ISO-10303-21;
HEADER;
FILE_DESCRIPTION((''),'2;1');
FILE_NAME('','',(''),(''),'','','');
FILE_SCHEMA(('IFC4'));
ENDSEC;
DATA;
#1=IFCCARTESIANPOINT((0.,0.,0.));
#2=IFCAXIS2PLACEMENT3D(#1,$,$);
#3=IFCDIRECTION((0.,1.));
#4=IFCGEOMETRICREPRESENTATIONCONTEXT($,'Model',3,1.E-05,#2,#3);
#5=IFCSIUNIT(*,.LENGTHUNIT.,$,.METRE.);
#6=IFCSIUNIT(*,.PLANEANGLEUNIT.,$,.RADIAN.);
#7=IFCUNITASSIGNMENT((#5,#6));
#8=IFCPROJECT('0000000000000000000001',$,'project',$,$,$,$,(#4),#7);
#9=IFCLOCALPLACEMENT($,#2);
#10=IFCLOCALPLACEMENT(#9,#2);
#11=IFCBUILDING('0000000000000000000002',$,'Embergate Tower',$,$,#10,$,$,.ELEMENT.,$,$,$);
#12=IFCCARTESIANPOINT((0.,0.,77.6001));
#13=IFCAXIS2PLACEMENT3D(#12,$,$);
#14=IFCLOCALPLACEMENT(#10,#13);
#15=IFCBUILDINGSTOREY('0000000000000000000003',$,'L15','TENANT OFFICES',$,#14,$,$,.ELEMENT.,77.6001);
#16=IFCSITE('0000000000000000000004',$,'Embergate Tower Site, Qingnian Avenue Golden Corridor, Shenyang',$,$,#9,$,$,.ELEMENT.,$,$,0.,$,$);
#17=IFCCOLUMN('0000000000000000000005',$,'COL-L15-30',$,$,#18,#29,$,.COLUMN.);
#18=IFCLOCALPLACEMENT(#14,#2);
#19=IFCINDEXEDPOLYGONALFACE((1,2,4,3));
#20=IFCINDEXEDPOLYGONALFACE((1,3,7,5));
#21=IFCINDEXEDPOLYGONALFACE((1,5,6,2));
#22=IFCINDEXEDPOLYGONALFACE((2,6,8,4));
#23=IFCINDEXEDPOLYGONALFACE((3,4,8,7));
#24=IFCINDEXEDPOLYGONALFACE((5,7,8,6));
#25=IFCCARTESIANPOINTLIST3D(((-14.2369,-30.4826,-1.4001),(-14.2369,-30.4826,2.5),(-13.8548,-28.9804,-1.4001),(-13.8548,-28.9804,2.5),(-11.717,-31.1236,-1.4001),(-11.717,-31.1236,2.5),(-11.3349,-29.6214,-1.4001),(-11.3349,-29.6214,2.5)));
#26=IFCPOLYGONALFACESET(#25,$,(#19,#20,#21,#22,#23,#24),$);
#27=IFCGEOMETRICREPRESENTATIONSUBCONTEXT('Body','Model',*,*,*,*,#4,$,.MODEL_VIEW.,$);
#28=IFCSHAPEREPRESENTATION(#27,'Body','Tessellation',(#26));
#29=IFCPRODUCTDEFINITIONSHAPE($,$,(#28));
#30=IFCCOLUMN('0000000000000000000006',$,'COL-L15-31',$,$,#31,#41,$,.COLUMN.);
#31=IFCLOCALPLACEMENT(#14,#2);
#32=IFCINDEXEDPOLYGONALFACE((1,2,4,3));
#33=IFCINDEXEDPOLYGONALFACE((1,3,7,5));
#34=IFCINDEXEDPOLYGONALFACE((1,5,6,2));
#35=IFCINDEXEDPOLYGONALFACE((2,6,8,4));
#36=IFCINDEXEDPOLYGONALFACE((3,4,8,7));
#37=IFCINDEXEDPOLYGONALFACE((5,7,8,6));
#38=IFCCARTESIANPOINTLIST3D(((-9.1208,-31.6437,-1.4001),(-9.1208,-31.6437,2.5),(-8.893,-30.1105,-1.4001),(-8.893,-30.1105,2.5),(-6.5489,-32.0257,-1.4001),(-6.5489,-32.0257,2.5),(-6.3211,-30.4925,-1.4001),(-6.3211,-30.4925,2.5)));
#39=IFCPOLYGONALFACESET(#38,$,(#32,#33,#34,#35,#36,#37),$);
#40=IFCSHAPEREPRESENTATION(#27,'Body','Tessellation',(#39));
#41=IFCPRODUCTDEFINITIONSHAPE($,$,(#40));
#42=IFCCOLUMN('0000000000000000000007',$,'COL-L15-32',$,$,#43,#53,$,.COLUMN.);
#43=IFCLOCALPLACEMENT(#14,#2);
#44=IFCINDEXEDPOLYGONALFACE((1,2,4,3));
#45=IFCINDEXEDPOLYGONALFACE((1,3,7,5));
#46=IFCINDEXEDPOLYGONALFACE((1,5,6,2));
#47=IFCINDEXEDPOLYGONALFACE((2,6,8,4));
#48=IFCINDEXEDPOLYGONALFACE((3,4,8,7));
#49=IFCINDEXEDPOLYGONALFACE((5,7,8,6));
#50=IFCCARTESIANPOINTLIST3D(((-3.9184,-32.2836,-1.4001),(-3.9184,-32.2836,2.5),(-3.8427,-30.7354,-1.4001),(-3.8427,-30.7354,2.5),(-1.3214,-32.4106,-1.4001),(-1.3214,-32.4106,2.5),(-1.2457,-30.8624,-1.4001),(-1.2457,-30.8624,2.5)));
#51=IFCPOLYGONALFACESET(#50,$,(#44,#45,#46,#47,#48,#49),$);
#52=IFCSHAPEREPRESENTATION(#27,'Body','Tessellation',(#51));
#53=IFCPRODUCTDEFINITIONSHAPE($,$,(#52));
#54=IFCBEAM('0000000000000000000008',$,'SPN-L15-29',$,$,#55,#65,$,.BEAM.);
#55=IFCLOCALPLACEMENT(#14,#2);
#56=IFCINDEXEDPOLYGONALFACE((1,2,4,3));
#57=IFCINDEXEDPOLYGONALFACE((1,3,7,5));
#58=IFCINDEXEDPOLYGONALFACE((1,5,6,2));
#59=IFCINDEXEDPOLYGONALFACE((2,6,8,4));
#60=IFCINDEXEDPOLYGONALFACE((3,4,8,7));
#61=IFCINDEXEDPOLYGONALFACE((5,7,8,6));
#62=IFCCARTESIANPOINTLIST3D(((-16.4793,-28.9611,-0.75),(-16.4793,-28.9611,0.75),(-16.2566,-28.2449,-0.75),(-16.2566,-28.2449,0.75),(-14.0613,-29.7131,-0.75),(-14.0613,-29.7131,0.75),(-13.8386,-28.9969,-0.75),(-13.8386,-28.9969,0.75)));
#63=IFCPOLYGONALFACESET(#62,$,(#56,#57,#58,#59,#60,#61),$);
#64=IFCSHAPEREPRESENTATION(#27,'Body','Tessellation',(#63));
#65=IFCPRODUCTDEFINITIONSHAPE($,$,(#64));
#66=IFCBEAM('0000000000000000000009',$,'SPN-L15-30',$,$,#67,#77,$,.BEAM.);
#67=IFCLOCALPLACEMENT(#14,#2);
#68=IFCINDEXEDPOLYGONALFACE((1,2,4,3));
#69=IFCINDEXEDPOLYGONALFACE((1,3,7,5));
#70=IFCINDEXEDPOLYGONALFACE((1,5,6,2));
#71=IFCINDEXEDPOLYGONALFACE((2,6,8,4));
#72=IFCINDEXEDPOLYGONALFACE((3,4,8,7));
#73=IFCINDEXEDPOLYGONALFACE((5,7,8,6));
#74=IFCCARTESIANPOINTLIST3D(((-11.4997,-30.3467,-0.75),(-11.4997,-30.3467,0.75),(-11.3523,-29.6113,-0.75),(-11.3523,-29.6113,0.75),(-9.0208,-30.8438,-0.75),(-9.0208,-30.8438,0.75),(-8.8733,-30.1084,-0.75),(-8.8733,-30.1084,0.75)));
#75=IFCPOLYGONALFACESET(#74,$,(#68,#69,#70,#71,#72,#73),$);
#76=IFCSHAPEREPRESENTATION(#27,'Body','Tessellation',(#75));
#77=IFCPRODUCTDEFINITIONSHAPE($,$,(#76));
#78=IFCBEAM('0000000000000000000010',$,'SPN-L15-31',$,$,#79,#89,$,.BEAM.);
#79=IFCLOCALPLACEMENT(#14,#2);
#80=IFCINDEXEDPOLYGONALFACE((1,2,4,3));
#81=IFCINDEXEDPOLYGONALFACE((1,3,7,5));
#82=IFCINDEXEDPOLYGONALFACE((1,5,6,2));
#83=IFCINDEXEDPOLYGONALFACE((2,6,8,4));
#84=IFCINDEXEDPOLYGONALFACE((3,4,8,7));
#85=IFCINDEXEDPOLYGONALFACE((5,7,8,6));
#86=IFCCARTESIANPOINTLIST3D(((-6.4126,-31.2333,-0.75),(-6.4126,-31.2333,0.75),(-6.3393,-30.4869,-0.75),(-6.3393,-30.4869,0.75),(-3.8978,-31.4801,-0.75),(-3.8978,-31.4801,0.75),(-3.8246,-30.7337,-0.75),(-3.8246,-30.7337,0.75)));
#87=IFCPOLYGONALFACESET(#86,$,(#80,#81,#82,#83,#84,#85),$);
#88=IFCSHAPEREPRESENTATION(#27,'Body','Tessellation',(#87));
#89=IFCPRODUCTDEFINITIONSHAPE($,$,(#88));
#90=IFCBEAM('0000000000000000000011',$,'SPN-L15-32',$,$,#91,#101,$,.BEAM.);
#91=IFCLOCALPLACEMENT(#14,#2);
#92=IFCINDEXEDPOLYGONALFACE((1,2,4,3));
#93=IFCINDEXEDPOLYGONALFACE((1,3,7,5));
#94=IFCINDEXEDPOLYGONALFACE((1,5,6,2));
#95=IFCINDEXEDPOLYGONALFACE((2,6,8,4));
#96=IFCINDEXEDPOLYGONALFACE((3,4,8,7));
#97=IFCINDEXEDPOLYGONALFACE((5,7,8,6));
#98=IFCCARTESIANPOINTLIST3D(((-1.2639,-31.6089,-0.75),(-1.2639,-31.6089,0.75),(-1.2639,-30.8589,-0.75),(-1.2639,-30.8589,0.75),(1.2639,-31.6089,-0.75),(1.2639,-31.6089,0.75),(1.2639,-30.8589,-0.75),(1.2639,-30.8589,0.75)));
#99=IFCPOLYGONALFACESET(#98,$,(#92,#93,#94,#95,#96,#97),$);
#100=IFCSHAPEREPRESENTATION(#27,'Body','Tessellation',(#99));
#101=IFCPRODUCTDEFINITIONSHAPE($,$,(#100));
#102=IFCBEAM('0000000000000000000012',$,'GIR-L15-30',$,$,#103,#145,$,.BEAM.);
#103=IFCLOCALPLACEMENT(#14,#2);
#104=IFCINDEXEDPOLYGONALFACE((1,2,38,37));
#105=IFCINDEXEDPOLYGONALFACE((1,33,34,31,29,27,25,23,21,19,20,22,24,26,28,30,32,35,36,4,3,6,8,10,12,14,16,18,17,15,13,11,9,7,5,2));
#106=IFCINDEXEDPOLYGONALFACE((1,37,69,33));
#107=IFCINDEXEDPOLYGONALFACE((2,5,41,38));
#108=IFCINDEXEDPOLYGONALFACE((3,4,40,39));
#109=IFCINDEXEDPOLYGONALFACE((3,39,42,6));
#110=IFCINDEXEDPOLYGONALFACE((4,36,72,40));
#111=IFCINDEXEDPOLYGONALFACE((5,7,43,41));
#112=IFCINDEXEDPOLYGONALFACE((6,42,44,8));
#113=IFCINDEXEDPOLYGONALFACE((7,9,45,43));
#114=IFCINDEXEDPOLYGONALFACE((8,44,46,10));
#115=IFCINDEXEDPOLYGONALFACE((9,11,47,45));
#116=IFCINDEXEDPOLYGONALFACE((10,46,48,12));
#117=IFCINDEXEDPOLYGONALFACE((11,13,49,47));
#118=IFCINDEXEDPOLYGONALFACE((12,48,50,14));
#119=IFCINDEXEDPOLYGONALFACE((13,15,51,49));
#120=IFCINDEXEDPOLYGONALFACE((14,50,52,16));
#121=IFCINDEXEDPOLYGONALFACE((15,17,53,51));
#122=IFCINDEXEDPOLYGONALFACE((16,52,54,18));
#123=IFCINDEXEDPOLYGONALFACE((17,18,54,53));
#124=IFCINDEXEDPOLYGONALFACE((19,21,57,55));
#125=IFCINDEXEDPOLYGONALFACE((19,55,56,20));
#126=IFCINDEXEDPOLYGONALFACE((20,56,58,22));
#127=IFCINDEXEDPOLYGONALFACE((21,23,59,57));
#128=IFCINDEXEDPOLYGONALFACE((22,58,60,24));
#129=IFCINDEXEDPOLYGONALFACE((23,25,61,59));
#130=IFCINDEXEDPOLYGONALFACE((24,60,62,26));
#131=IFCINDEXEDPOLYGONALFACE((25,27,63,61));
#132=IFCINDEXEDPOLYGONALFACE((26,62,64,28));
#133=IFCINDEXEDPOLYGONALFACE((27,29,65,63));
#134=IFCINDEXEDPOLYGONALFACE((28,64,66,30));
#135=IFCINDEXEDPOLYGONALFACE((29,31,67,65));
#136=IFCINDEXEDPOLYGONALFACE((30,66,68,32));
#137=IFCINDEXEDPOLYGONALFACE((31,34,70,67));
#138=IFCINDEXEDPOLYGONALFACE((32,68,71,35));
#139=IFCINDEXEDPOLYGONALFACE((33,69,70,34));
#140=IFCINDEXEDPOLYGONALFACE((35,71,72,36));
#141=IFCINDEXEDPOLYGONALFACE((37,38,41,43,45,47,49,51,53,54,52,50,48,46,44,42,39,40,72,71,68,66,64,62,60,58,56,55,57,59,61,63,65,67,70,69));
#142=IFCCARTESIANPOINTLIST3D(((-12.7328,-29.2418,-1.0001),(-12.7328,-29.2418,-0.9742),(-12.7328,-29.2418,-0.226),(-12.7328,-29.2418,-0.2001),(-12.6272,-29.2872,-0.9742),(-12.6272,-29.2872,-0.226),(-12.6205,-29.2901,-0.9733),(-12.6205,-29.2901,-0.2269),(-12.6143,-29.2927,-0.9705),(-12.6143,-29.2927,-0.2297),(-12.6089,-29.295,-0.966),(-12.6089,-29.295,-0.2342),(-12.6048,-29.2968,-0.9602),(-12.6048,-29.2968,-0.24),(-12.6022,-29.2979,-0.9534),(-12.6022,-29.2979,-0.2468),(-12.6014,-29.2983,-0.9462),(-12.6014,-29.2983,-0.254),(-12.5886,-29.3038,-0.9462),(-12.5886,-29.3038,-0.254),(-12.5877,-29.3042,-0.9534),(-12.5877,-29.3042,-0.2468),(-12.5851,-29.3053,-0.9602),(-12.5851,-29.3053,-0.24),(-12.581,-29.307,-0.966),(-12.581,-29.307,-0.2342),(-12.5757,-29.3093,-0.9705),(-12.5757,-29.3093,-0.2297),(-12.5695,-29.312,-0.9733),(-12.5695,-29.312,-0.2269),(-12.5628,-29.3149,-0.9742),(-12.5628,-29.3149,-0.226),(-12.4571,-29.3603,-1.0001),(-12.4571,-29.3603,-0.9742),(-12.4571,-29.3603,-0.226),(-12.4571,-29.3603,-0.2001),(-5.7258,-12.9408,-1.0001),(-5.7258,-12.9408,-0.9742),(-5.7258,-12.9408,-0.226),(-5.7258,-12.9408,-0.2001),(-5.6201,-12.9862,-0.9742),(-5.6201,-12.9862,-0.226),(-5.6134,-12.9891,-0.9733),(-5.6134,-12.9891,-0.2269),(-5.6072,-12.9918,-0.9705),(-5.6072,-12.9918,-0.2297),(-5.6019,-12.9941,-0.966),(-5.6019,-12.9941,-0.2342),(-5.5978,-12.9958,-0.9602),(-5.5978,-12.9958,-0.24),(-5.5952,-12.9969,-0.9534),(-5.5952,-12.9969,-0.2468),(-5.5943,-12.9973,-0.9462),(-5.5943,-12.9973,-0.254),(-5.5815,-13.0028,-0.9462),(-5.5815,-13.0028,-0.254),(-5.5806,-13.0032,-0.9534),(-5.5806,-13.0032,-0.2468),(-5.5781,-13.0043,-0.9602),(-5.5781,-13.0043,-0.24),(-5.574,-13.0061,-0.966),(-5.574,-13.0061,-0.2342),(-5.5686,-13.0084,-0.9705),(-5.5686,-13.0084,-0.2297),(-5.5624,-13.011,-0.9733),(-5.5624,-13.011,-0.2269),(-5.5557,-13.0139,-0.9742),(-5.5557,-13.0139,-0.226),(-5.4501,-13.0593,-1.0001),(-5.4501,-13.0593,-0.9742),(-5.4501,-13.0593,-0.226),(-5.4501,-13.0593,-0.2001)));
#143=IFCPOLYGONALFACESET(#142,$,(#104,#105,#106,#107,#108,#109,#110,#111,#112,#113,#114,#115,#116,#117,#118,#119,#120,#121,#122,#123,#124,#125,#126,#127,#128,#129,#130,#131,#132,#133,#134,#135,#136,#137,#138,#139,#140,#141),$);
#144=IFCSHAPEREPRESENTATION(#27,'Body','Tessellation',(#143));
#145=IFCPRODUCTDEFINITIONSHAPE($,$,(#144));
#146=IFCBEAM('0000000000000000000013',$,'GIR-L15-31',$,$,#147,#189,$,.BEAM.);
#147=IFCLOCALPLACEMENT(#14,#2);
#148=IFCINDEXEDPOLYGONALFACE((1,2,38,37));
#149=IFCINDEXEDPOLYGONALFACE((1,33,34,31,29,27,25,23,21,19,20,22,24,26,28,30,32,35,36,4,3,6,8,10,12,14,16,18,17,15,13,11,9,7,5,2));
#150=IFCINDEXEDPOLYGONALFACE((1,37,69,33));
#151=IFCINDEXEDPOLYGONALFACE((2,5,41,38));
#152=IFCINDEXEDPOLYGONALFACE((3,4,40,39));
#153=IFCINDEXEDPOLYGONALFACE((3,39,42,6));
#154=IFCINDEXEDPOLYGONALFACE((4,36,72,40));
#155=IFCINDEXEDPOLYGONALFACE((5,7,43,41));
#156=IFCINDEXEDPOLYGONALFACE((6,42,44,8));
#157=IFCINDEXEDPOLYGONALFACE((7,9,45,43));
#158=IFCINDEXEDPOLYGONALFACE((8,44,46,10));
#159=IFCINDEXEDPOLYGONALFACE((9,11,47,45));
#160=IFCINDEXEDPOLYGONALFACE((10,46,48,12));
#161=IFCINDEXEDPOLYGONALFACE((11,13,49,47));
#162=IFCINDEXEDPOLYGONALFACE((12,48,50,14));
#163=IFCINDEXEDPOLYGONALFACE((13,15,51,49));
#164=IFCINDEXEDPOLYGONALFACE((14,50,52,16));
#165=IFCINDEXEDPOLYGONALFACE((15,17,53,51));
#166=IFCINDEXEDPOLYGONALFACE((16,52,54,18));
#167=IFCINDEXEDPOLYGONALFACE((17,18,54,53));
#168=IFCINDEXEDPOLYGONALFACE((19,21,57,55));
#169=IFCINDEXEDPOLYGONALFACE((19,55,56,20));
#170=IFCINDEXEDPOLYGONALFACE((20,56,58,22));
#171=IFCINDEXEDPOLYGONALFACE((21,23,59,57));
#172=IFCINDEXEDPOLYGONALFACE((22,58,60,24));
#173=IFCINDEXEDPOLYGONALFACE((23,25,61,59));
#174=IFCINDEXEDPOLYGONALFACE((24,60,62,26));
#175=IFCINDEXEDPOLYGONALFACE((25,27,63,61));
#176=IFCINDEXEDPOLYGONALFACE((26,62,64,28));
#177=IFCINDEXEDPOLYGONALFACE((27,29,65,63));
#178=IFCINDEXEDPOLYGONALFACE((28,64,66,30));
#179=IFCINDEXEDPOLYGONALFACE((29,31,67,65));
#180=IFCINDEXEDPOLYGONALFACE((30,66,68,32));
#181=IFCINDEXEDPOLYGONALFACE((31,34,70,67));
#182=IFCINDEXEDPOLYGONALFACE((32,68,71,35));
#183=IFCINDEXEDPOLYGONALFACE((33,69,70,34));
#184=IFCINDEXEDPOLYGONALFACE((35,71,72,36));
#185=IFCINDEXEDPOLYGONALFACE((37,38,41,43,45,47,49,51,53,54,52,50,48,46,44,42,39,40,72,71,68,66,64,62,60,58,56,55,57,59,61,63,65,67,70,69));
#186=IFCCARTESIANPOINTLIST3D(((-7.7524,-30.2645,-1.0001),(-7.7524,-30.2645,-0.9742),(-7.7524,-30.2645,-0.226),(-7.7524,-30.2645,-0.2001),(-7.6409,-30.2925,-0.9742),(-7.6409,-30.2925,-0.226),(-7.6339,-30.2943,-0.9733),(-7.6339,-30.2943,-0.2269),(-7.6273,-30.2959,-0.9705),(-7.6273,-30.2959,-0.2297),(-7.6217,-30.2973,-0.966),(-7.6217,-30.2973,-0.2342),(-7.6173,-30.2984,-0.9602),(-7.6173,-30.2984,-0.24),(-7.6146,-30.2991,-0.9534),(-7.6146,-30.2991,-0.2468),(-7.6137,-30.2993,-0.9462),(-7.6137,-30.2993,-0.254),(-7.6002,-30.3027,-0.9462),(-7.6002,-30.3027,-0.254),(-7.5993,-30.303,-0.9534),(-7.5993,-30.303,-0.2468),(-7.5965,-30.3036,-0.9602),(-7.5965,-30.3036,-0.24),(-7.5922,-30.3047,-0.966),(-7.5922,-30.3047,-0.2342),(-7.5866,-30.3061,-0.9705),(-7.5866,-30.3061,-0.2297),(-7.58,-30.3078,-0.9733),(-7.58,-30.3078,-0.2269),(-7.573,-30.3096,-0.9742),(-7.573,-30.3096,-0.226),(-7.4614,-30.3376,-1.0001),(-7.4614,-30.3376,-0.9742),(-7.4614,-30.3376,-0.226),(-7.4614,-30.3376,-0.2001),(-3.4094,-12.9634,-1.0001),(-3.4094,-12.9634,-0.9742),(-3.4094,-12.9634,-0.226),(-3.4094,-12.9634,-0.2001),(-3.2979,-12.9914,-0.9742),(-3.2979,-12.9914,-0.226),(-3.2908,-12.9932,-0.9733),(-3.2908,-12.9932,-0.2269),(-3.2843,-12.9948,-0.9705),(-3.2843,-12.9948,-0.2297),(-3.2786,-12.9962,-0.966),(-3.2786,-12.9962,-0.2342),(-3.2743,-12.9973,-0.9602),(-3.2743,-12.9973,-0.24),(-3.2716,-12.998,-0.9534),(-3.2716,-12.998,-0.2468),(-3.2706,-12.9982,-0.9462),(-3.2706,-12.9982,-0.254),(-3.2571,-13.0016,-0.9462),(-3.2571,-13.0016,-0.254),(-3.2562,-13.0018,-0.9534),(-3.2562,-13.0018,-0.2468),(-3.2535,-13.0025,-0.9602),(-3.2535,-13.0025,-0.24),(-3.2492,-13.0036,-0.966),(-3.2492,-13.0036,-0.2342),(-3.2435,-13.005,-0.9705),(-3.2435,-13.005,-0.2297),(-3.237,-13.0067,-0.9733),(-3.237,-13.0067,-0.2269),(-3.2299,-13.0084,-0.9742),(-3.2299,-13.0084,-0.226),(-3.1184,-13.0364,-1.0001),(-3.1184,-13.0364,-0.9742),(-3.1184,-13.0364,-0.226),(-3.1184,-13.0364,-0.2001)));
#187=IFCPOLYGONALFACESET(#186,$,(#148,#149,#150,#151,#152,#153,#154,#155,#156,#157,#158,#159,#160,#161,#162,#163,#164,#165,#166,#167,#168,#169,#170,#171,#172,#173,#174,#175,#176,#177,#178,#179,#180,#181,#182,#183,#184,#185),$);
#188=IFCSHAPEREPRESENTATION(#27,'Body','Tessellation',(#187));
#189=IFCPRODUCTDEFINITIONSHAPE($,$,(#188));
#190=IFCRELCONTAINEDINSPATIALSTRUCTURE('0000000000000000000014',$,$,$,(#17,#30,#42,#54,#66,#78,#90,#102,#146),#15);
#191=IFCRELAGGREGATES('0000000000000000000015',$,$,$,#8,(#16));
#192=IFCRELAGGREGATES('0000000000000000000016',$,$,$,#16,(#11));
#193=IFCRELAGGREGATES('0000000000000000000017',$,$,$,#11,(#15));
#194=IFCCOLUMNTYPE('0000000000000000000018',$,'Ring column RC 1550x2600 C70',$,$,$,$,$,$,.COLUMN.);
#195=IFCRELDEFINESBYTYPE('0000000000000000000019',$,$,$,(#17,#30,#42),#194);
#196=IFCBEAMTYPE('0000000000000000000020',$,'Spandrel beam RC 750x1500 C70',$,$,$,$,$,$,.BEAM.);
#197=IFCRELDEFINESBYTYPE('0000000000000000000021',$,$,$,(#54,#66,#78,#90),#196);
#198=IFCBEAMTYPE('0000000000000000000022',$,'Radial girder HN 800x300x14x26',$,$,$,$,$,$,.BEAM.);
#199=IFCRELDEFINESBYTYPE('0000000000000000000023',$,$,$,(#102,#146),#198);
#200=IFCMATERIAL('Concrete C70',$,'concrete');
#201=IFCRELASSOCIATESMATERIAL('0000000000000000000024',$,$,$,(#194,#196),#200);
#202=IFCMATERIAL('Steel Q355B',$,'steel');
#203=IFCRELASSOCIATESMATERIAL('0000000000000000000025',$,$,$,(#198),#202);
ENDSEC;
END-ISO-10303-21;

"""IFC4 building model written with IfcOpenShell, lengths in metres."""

from ifc_helpers import new_model, si_unit, direction, frame, origin, origin_2d, place, context, subcontext, project, spatial, rectangle, i_section, extrude, source, transform, mapped, material, material_profile, profile_set, type_object, element, save


model = new_model("IFC4")

# Units and contexts
model_context = context("Model", 3, precision=1e-05, world=origin(), true_north=direction((0.0, 1.0)))
body_context = subcontext(model_context, "Body", "Model", "MODEL_VIEW")
ifc_project = project(units=[si_unit("LENGTHUNIT", "METRE"), si_unit("PLANEANGLEUNIT", "RADIAN")], contexts=[model_context])

# Site, building, storey
site_placement = place(None, origin())
site = spatial("IfcSite", under=ifc_project, at=site_placement, Name="Embergate Tower Site, Qingnian Avenue Golden Corridor, Shenyang", CompositionType="ELEMENT", RefElevation=0.0)
building_placement = place(site_placement, origin())
building = spatial("IfcBuilding", under=site, at=building_placement, Name="Embergate Tower", CompositionType="ELEMENT")
storey_placement = place(building_placement, frame((0.0, 0.0, 77.6001)))
storey = spatial("IfcBuildingStorey", under=building, at=storey_placement, Name="L15", Description="TENANT OFFICES", CompositionType="ELEMENT", Elevation=77.6001)

# Columns
ifc_material_1 = material(Name="Concrete C70", Category="concrete")
ifc_material_profile_1 = material_profile(ifc_material_1, rectangle(XDim=1.55, YDim=2.6001, at=origin_2d()), Name="RC 1550x2600")
ifc_profile_set_1 = profile_set([ifc_material_profile_1], Name="Concrete C70")
column_type = type_object("IfcColumnType", Name="Ring column RC 1550x2600 C70", PredefinedType="COLUMN", material=ifc_profile_set_1)
shared_shape_1 = source(origin(), body_context, "Body", "SweptSolid", [
    extrude(rectangle(XDim=1.55, YDim=2.6001, at=origin_2d()), origin(), (0.0, 0.0, 1.0), 3.9001),
])
for number, where, z_axis, x_axis, name in (
    (1, (-12.7859, -30.052, -1.4001), (0.0, 0.0, 1.0), (-0.246509, -0.969141, 0.0), "COL-L15-30"),
    (2, (-7.7209, -31.0681, -1.4001), (0.0, 0.0, 1.0), (-0.146929, -0.989147, 0.0), "COL-L15-31"),
    (3, (-2.582, -31.573, -1.4001), (0.0, 0.0, 1.0), (-0.048815, -0.998808, 0.0), "COL-L15-32"),
):
    element("IfcColumn", number, at=place(storey_placement, frame(where, z_axis=z_axis, x_axis=x_axis)), inside=storey, type_object=column_type, Name=name, PredefinedType="COLUMN", context=body_context, shape_type="MappedRepresentation", body=[
        mapped(shared_shape_1, transform((0.0, 0.0, 0.0))),
    ])

# Beams
ifc_material_profile_2 = material_profile(ifc_material_1, rectangle(XDim=0.75, YDim=1.5, at=origin_2d()), Name="RC 750x1500")
ifc_profile_set_2 = profile_set([ifc_material_profile_2], Name="Concrete C70")
beam_type_1 = type_object("IfcBeamType", Name="Spandrel beam RC 750x1500 C70", PredefinedType="BEAM", material=ifc_profile_set_2)
shared_shape_2 = source(origin(), body_context, "Body", "SweptSolid", [
    extrude(rectangle(XDim=0.75, YDim=1.5, at=origin_2d()), origin(), (0.0, 0.0, 1.0), 2.5322),
])
beam_1_placement = place(storey_placement, frame((-16.3679, -28.603, 0.0), z_axis=(0.954891, -0.296957, 0.0), x_axis=(0.296957, 0.954891, 0.0)))
element("IfcBeam", 4, at=beam_1_placement, inside=storey, type_object=beam_type_1, Name="SPN-L15-29", PredefinedType="BEAM", context=body_context, shape_type="MappedRepresentation", body=[
    mapped(shared_shape_2, transform((0.0, 0.0, 0.0))),
])
shared_shape_3 = source(origin(), body_context, "Body", "SweptSolid", [
    extrude(rectangle(XDim=0.75, YDim=1.5, at=origin_2d()), origin(), (0.0, 0.0, 1.0), 2.5283),
])
beam_2_placement = place(storey_placement, frame((-11.426, -29.979, 0.0), z_axis=(0.980484, -0.196599, 0.0), x_axis=(0.196599, 0.980484, 0.0)))
element("IfcBeam", 5, at=beam_2_placement, inside=storey, type_object=beam_type_1, Name="SPN-L15-30", PredefinedType="BEAM", context=body_context, shape_type="MappedRepresentation", body=[
    mapped(shared_shape_3, transform((0.0, 0.0, 0.0))),
])
shared_shape_4 = source(origin(), body_context, "Body", "SweptSolid", [
    extrude(rectangle(XDim=0.75, YDim=1.5, at=origin_2d()), origin(), (0.0, 0.0, 1.0), 2.5269),
])
beam_3_placement = place(storey_placement, frame((-6.376, -30.8601, 0.0), z_axis=(0.995218, -0.097676, 0.0), x_axis=(0.097676, 0.995218, 0.0)))
element("IfcBeam", 6, at=beam_3_placement, inside=storey, type_object=beam_type_1, Name="SPN-L15-31", PredefinedType="BEAM", context=body_context, shape_type="MappedRepresentation", body=[
    mapped(shared_shape_4, transform((0.0, 0.0, 0.0))),
])
shared_shape_5 = source(origin(), body_context, "Body", "SweptSolid", [
    extrude(rectangle(XDim=0.75, YDim=1.5, at=origin_2d()), origin(), (0.0, 0.0, 1.0), 2.5278),
])
beam_4_placement = place(storey_placement, frame((-1.2639, -31.2339, 0.0), z_axis=(1.0, 0.0, 0.0), x_axis=(0.0, 1.0, 0.0)))
element("IfcBeam", 7, at=beam_4_placement, inside=storey, type_object=beam_type_1, Name="SPN-L15-32", PredefinedType="BEAM", context=body_context, shape_type="MappedRepresentation", body=[
    mapped(shared_shape_5, transform((0.0, 0.0, 0.0))),
])
ifc_material_2 = material(Name="Steel Q355B", Category="steel")
ifc_material_profile_3 = material_profile(ifc_material_2, i_section(OverallWidth=0.3, OverallDepth=0.8, WebThickness=0.0139, FlangeThickness=0.0259, FilletRadius=0.0281, at=origin_2d()), Name="HN 800x300x14x26")
ifc_profile_set_3 = profile_set([ifc_material_profile_3], Name="Steel Q355 grade B")
beam_type_2 = type_object("IfcBeamType", Name="Radial girder HN 800x300x14x26", PredefinedType="BEAM", material=ifc_profile_set_3)
shared_shape_6 = source(origin(), body_context, "Body", "SweptSolid", [
    extrude(i_section(OverallWidth=0.3, OverallDepth=0.8, WebThickness=0.0139, FlangeThickness=0.0259, FilletRadius=0.0281, at=origin_2d()), origin(), (0.0, 0.0, 1.0), 17.7432),
])
beam_5_placement = place(storey_placement, frame((-12.595, -29.301, -0.6001), z_axis=(0.394915, 0.918717, 0.0), x_axis=(-0.918717, 0.394915, 0.0)))
element("IfcBeam", 8, at=beam_5_placement, inside=storey, type_object=beam_type_2, Name="GIR-L15-30", PredefinedType="BEAM", context=body_context, shape_type="MappedRepresentation", body=[
    mapped(shared_shape_6, transform((0.0, 0.0, 0.0))),
])
shared_shape_7 = source(origin(), body_context, "Body", "SweptSolid", [
    extrude(i_section(OverallWidth=0.3, OverallDepth=0.8, WebThickness=0.0139, FlangeThickness=0.0259, FilletRadius=0.0281, at=origin_2d()), origin(), (0.0, 0.0, 1.0), 17.8379),
])
beam_6_placement = place(storey_placement, frame((-7.6069, -30.301, -0.6001), z_axis=(0.243473, 0.969908, 0.0), x_axis=(-0.969908, 0.243473, 0.0)))
element("IfcBeam", 9, at=beam_6_placement, inside=storey, type_object=beam_type_2, Name="GIR-L15-31", PredefinedType="BEAM", context=body_context, shape_type="MappedRepresentation", body=[
    mapped(shared_shape_7, transform((0.0, 0.0, 0.0))),
])

save(model, "model.ifc")
